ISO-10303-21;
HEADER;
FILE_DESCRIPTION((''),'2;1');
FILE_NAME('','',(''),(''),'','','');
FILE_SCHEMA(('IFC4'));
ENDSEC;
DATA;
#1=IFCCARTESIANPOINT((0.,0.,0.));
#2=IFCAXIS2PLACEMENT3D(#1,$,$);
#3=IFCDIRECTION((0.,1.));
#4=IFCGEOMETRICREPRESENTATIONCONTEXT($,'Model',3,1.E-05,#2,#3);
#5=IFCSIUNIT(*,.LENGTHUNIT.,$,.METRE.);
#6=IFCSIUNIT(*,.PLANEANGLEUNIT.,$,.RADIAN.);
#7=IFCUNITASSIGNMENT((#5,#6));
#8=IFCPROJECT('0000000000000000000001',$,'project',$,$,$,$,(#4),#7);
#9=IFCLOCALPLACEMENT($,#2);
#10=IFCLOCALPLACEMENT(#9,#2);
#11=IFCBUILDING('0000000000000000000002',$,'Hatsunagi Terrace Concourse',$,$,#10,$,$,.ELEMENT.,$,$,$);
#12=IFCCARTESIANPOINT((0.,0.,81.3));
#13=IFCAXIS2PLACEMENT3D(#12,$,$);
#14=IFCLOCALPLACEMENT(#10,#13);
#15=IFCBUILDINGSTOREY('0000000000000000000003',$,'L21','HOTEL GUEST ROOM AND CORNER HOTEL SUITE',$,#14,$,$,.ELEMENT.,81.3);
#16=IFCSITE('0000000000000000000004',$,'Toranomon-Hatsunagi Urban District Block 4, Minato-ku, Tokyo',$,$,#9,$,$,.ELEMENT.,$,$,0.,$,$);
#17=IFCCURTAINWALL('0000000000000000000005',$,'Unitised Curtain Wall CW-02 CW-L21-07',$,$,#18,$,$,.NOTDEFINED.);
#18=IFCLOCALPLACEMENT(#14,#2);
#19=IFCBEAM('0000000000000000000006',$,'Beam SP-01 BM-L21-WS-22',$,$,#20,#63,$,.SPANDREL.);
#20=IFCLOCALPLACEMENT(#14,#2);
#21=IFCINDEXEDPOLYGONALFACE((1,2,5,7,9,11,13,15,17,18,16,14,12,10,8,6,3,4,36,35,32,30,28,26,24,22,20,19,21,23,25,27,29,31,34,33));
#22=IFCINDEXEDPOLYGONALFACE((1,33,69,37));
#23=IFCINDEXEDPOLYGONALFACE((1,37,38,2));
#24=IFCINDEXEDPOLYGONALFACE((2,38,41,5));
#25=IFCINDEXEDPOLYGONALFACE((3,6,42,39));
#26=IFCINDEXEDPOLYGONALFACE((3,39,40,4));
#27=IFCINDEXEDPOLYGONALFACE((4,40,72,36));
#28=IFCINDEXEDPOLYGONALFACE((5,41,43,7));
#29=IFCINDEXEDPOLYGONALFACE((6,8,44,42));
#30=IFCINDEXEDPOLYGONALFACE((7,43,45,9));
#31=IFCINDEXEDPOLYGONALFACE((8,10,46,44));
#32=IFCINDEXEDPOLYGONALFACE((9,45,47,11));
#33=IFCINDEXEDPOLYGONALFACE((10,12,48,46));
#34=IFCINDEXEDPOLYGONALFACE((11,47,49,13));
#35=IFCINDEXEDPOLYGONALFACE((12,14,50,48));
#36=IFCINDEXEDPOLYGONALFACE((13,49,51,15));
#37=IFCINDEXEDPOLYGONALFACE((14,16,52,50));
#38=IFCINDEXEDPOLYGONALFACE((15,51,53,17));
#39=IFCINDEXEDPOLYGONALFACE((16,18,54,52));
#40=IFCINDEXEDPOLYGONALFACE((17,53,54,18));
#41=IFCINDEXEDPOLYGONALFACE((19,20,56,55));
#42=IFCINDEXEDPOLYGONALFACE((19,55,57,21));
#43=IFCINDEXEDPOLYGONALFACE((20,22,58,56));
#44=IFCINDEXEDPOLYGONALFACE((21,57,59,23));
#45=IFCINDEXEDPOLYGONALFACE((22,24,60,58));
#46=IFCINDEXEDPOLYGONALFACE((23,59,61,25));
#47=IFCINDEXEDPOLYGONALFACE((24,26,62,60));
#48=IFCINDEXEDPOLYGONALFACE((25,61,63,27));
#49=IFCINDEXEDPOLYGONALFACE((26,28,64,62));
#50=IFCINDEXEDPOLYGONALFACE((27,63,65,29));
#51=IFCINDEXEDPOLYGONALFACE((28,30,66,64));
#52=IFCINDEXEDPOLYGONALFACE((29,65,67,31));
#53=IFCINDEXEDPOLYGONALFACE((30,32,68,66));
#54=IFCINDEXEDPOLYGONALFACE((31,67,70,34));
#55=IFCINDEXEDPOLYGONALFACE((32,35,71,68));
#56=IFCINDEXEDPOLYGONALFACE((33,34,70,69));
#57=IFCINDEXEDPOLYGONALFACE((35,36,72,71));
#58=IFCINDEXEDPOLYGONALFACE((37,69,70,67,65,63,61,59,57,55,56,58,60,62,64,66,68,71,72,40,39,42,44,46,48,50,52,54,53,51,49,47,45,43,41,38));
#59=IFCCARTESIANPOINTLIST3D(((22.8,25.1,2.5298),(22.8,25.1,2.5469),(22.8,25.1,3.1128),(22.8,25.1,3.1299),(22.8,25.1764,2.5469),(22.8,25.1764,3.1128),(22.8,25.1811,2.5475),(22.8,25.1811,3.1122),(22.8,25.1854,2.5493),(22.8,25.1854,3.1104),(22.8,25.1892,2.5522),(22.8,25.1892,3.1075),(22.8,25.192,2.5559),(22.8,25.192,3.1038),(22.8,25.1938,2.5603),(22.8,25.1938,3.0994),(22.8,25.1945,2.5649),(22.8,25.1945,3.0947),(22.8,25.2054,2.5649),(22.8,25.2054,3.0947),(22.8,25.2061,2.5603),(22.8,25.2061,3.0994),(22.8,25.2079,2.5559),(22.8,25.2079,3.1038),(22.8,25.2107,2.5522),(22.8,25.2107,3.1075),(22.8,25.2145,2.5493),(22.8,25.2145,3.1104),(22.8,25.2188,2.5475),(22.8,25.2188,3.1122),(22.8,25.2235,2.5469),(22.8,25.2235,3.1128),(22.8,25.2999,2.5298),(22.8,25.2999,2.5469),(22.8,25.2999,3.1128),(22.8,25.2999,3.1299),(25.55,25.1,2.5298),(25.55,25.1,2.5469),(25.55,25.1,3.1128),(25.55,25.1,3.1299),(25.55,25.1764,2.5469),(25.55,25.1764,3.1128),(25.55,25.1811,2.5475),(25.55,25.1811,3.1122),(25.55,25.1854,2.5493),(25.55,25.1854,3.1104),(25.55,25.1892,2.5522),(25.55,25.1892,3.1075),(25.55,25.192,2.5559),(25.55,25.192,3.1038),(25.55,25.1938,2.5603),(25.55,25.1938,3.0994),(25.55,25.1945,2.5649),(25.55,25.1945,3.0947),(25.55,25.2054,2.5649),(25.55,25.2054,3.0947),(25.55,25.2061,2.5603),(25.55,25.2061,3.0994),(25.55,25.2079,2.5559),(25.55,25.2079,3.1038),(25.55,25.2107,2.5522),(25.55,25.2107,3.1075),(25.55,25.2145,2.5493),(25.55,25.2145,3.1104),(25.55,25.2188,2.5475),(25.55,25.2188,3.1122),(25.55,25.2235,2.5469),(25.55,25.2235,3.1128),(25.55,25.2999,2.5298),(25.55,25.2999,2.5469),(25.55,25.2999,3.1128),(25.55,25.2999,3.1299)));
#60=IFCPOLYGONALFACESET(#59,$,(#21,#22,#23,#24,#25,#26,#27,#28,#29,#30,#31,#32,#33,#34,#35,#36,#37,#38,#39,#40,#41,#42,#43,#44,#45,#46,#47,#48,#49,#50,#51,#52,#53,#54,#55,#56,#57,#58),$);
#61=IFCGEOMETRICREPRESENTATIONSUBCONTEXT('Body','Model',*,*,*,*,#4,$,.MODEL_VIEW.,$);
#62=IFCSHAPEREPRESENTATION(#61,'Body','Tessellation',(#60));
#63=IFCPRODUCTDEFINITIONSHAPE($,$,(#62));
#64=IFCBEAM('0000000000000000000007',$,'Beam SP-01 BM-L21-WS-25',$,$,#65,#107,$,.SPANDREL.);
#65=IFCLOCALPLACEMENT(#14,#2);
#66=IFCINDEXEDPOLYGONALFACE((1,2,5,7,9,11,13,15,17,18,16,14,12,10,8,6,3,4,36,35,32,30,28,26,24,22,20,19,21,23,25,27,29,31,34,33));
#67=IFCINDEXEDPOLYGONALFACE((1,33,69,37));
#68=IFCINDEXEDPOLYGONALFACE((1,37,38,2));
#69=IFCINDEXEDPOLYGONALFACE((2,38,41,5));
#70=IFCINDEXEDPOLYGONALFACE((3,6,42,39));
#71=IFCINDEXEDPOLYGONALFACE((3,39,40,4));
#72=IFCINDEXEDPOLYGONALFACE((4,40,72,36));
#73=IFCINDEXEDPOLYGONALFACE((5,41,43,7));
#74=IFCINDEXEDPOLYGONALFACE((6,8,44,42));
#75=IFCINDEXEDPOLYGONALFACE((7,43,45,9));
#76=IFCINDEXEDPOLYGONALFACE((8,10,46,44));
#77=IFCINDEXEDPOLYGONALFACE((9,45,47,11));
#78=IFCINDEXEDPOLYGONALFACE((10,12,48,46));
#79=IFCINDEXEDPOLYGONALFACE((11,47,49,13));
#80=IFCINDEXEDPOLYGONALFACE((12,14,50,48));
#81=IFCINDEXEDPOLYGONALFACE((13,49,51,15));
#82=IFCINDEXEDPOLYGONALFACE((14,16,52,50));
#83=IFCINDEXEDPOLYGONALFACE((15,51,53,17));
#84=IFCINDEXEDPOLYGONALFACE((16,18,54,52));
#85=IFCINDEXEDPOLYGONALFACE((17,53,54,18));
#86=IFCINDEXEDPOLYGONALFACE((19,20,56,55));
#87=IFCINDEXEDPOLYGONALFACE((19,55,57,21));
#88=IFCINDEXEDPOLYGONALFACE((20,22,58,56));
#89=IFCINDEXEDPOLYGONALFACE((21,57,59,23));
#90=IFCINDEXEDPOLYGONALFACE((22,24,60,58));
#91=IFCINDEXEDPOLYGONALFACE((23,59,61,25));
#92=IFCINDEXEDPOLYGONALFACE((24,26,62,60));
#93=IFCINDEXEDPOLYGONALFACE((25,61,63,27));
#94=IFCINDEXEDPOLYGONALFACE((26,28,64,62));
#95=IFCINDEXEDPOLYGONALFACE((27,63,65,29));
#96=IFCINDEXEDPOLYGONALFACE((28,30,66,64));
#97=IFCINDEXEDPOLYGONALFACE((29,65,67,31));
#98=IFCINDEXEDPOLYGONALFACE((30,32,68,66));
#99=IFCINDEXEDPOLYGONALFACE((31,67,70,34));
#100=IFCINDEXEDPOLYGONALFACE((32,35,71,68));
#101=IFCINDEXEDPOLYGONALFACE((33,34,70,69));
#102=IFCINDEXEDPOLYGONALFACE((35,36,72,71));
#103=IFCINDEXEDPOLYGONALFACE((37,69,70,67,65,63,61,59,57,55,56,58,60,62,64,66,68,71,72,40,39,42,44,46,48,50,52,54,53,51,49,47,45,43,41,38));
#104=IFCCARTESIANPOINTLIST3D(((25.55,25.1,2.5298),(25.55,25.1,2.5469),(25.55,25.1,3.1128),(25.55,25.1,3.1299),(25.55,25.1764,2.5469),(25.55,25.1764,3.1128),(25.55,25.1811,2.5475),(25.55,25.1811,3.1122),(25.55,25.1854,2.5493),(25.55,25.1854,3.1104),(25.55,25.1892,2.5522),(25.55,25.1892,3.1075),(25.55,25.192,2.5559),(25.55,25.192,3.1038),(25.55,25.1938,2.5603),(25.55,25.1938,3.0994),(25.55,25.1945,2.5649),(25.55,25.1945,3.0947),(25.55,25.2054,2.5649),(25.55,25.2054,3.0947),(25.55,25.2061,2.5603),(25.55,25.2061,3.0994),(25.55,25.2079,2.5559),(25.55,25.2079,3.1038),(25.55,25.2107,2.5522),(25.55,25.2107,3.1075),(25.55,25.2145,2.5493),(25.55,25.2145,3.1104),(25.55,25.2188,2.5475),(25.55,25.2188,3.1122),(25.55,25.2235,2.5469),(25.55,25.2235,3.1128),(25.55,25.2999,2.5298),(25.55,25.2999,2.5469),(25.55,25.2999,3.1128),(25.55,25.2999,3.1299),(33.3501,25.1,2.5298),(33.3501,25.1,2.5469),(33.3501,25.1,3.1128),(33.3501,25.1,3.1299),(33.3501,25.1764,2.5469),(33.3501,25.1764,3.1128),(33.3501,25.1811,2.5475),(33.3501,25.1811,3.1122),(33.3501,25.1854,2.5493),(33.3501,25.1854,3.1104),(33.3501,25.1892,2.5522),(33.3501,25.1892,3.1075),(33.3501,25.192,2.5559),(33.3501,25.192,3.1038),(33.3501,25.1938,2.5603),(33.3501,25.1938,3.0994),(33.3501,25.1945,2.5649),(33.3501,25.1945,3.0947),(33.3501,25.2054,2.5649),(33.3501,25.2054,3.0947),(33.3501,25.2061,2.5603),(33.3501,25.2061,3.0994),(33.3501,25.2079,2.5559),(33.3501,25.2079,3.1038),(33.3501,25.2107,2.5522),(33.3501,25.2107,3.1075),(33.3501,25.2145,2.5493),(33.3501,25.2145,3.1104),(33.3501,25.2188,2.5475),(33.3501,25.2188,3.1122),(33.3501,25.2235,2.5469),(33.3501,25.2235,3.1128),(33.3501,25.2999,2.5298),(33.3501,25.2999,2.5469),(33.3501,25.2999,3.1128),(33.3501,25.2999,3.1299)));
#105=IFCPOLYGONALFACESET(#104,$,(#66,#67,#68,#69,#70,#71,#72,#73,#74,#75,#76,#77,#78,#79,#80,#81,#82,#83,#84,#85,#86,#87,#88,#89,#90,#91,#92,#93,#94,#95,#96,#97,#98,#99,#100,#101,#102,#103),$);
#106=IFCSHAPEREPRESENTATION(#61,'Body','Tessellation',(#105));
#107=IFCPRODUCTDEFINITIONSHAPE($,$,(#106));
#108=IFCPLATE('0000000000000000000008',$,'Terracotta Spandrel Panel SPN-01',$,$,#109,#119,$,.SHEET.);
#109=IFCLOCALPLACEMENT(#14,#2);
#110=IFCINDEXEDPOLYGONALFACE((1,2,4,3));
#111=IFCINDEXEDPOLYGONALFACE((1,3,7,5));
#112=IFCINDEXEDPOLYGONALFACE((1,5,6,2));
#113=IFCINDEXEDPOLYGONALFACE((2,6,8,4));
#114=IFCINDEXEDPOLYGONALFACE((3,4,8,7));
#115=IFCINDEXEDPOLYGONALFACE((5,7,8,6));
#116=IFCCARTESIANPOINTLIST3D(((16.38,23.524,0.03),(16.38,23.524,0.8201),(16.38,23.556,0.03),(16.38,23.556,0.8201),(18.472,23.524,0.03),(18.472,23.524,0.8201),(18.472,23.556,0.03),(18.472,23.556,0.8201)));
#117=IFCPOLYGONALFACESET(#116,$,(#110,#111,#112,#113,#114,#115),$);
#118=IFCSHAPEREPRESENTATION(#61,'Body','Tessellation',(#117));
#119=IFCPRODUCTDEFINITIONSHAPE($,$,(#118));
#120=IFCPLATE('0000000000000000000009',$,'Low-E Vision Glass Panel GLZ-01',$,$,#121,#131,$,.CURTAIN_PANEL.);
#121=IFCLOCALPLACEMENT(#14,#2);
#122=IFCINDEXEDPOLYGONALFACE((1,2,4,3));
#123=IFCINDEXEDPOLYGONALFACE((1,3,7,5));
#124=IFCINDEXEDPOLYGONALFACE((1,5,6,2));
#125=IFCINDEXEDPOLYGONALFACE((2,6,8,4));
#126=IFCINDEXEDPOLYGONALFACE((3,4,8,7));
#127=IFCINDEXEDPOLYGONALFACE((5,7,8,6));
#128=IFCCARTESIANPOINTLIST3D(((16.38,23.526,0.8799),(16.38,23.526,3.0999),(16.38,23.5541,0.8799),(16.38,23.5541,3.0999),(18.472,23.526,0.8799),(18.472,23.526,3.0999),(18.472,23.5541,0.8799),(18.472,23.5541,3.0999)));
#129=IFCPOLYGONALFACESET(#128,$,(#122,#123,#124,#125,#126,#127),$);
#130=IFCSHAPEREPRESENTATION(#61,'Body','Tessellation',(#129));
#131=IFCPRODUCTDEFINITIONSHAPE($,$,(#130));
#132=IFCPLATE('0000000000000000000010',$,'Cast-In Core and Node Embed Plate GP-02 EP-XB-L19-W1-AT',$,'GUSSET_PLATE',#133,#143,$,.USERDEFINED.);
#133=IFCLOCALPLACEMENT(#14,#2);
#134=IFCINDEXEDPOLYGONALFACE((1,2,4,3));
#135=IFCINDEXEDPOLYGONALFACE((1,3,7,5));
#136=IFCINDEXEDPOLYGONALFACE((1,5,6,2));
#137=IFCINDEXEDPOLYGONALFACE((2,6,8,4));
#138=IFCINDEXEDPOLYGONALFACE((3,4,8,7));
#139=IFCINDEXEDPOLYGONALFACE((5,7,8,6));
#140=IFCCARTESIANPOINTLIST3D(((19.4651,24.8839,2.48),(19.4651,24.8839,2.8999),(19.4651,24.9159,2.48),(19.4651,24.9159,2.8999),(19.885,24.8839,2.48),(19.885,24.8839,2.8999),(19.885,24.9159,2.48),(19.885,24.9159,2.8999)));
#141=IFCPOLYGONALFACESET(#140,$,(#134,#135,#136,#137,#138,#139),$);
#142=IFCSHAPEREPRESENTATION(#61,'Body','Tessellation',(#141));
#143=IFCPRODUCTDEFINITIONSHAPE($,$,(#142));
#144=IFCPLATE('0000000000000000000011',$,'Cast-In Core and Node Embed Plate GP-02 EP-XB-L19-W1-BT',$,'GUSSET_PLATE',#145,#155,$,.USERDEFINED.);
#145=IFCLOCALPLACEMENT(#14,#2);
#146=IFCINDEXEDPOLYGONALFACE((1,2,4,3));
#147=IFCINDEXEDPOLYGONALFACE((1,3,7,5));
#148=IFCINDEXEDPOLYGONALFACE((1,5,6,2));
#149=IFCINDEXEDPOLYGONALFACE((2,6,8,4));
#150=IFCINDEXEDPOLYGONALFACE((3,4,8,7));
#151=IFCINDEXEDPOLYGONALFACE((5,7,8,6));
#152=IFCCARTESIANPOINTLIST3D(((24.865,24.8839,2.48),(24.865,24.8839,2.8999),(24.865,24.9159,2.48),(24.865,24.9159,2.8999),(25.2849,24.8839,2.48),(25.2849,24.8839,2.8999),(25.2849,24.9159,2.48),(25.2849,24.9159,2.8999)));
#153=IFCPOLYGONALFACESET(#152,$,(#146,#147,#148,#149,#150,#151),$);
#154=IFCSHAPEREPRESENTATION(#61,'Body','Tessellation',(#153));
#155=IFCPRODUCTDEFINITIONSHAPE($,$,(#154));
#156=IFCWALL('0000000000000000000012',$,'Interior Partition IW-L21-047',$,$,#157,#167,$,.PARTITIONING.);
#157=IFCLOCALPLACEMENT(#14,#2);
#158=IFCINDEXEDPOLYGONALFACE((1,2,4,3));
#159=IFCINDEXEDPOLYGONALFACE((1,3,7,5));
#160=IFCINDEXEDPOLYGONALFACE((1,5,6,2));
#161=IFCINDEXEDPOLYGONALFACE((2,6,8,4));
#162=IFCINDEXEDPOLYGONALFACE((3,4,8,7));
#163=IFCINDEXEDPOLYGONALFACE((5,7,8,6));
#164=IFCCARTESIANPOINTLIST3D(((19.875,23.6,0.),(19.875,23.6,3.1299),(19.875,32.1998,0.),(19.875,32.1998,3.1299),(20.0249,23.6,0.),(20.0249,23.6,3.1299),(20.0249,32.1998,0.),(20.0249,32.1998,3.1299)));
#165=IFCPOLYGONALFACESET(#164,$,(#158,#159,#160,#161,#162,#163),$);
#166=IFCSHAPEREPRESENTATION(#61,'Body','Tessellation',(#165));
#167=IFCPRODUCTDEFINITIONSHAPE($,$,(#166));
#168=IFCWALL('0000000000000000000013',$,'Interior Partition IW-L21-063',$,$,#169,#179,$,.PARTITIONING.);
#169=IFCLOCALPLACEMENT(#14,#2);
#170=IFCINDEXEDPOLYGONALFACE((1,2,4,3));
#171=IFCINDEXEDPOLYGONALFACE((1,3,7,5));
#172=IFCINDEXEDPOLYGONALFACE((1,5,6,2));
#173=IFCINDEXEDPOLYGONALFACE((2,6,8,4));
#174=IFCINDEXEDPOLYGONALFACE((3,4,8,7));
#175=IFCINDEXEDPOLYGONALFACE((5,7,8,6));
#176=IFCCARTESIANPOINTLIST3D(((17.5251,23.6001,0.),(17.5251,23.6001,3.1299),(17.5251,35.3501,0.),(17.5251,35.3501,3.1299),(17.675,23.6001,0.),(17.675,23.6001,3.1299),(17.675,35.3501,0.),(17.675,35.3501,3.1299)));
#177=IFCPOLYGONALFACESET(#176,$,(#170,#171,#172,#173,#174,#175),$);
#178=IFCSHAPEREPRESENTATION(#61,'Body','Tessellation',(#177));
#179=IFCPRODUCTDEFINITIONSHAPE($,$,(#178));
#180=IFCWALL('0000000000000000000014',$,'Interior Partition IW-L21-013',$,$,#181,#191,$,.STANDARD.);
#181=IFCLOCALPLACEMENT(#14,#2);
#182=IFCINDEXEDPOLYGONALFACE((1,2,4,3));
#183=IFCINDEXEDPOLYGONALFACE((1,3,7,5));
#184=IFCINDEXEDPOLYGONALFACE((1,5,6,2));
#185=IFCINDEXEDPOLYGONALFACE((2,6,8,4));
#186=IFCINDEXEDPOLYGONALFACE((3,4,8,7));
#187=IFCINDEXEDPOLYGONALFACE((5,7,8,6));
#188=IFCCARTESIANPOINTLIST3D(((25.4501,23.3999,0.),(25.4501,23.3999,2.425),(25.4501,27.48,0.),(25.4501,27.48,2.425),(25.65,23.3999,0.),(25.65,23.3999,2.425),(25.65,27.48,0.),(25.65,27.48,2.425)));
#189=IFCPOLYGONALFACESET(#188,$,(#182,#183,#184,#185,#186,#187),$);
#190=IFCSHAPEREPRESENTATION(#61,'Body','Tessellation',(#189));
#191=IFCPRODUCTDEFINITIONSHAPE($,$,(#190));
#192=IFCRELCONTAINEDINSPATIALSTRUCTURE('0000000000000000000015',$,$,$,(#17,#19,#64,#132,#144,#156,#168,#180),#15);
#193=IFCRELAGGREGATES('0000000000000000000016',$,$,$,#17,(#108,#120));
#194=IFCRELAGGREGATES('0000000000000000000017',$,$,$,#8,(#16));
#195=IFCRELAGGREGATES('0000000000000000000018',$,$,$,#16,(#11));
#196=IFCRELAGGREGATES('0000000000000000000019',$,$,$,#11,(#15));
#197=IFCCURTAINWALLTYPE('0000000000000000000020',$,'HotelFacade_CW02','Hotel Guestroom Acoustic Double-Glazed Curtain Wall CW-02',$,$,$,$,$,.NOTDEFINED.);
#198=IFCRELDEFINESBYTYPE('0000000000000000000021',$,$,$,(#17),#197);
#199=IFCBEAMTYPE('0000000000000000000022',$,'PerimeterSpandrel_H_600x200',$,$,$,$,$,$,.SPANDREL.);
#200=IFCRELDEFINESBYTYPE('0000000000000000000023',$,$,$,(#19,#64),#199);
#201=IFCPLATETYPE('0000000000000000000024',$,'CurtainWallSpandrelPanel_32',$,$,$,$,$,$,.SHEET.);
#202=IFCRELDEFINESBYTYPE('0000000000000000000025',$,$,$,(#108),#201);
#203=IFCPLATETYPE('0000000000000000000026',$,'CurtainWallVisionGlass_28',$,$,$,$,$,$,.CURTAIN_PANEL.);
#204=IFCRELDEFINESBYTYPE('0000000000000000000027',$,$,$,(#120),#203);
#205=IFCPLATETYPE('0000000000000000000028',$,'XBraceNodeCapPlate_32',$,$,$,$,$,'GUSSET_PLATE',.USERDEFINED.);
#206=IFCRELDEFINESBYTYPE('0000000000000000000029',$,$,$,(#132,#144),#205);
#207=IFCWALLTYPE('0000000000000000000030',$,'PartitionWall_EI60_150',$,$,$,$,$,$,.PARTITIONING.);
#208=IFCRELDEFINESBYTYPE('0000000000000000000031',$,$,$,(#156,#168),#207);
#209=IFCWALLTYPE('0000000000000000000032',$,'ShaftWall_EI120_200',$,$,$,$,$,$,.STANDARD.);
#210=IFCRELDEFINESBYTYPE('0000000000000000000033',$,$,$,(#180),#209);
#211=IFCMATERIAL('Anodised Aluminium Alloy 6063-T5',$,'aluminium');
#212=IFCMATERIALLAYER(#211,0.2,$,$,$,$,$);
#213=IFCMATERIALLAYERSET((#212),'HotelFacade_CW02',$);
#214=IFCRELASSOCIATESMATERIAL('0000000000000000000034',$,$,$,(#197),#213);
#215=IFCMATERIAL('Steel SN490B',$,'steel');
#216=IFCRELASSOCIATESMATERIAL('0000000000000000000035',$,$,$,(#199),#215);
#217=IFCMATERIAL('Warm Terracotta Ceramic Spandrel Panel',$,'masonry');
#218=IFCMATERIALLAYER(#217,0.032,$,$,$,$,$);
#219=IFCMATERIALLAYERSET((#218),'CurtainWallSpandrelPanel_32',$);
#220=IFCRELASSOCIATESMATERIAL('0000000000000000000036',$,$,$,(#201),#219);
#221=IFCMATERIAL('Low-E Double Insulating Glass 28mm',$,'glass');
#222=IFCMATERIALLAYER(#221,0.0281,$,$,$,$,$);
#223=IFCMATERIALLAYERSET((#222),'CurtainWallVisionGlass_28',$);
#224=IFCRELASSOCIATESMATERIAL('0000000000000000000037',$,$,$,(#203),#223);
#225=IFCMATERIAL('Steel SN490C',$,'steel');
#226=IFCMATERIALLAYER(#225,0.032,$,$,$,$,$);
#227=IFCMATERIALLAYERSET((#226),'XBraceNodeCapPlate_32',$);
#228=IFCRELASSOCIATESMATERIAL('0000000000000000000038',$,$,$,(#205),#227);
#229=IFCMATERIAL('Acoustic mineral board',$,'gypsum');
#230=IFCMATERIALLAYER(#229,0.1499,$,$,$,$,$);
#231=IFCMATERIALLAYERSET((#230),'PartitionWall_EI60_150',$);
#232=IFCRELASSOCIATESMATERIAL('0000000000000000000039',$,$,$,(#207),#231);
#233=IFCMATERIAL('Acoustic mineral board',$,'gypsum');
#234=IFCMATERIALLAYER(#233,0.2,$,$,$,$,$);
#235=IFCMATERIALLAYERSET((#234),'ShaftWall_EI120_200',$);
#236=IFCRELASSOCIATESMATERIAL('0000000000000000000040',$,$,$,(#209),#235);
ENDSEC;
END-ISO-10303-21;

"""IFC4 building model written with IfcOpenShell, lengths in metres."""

from ifc_helpers import new_model, si_unit, direction, frame, frame_2d, origin, origin_2d, place, context, subcontext, project, spatial, rectangle, i_section, extrude, material, layer, layer_set, material_profile, profile_set, type_object, element, aggregate, save


model = new_model("IFC4")

# Units and contexts
model_context = context("Model", 3, precision=1e-05, world=origin(), true_north=direction((0.0, 1.0)))
body_context = subcontext(model_context, "Body", "Model", "MODEL_VIEW")
ifc_project = project(units=[si_unit("LENGTHUNIT", "METRE"), si_unit("PLANEANGLEUNIT", "RADIAN")], contexts=[model_context])

# Site, building, storey
site_placement = place(None, origin())
site = spatial("IfcSite", under=ifc_project, at=site_placement, Name="Toranomon-Hatsunagi Urban District Block 4, Minato-ku, Tokyo", CompositionType="ELEMENT", RefElevation=0.0)
building_placement = place(site_placement, origin())
building = spatial("IfcBuilding", under=site, at=building_placement, Name="Hatsunagi Terrace Concourse", CompositionType="ELEMENT")
storey_placement = place(building_placement, frame((0.0, 0.0, 81.3)))
storey = spatial("IfcBuildingStorey", under=building, at=storey_placement, Name="L21", Description="HOTEL GUEST ROOM AND CORNER HOTEL SUITE", CompositionType="ELEMENT", Elevation=81.3)

# Curtain wall
ifc_material_1 = material(Name="Anodised Aluminium Alloy 6063-T5", Category="aluminium")
ifc_layer_1 = layer(ifc_material_1, 0.2)
ifc_layer_set_1 = layer_set([ifc_layer_1], Name="HotelFacade_CW02")
curtain_wall_type = type_object("IfcCurtainWallType", Name="HotelFacade_CW02", Description="Hotel Guestroom Acoustic Double-Glazed Curtain Wall CW-02", PredefinedType="NOTDEFINED", material=ifc_layer_set_1)
curtain_wall_placement = place(storey_placement, origin())
curtain_wall = element("IfcCurtainWall", 1, at=curtain_wall_placement, inside=storey, type_object=curtain_wall_type, Name="Unitised Curtain Wall CW-02 CW-L21-07", PredefinedType="NOTDEFINED")

# Beams
ifc_material_2 = material(Name="Steel SN490B", Category="steel")
ifc_material_profile_1 = material_profile(ifc_material_2, i_section(OverallWidth=0.2, OverallDepth=0.6001, WebThickness=0.011, FlangeThickness=0.0171, FilletRadius=0.0181, at=origin_2d()), Name="H-600x200x11x17")
ifc_profile_set_1 = profile_set([ifc_material_profile_1], Name="Steel SN490B")
beam_type_1 = type_object("IfcBeamType", Name="PerimeterSpandrel_H_600x200", PredefinedType="SPANDREL", material=ifc_profile_set_1)
beam_1_placement = place(storey_placement, frame((22.8, 25.2, 2.8298), z_axis=(1.0, 0.0, 0.0), x_axis=(0.0, 1.0, 0.0)))
element("IfcBeam", 2, at=beam_1_placement, inside=storey, type_object=beam_type_1, Name="Beam SP-01 BM-L21-WS-22", PredefinedType="SPANDREL", context=body_context, shape_type="SweptSolid", body=[
    extrude(i_section(OverallWidth=0.2, OverallDepth=0.6001, WebThickness=0.011, FlangeThickness=0.0171, FilletRadius=0.0181, at=origin_2d()), origin(), (0.0, 0.0, 1.0), 2.75),
])
beam_2_placement = place(storey_placement, frame((25.55, 25.2, 2.8298), z_axis=(1.0, 0.0, 0.0), x_axis=(0.0, 1.0, 0.0)))
element("IfcBeam", 3, at=beam_2_placement, inside=storey, type_object=beam_type_1, Name="Beam SP-01 BM-L21-WS-25", PredefinedType="SPANDREL", context=body_context, shape_type="SweptSolid", body=[
    extrude(i_section(OverallWidth=0.2, OverallDepth=0.6001, WebThickness=0.011, FlangeThickness=0.0171, FilletRadius=0.0181, at=origin_2d()), origin(), (0.0, 0.0, 1.0), 7.8),
])

# Plates
ifc_material_3 = material(Name="Warm Terracotta Ceramic Spandrel Panel", Category="masonry")
ifc_layer_2 = layer(ifc_material_3, 0.032)
ifc_layer_set_2 = layer_set([ifc_layer_2], Name="CurtainWallSpandrelPanel_32")
plate_type_1 = type_object("IfcPlateType", Name="CurtainWallSpandrelPanel_32", PredefinedType="SHEET", material=ifc_layer_set_2)
plate_1_placement = place(storey_placement, frame((17.426, 23.54, 0.03), z_axis=(0.0, 0.0, 1.0), x_axis=(-1.0, 0.0, 0.0)))
plate_1 = element("IfcPlate", 4, at=plate_1_placement, type_object=plate_type_1, Name="Terracotta Spandrel Panel SPN-01", PredefinedType="SHEET", context=body_context, shape_type="SweptSolid", body=[
    extrude(rectangle(XDim=2.092, YDim=0.032, at=origin_2d()), origin(), (0.0, 0.0, 1.0), 0.79),
])
ifc_material_4 = material(Name="Low-E Double Insulating Glass 28mm", Category="glass")
ifc_layer_3 = layer(ifc_material_4, 0.0281)
ifc_layer_set_3 = layer_set([ifc_layer_3], Name="CurtainWallVisionGlass_28")
plate_type_2 = type_object("IfcPlateType", Name="CurtainWallVisionGlass_28", PredefinedType="CURTAIN_PANEL", material=ifc_layer_set_3)
plate_2_placement = place(storey_placement, frame((17.426, 23.54, 0.8799), z_axis=(0.0, 0.0, 1.0), x_axis=(-1.0, 0.0, 0.0)))
plate_2 = element("IfcPlate", 5, at=plate_2_placement, type_object=plate_type_2, Name="Low-E Vision Glass Panel GLZ-01", PredefinedType="CURTAIN_PANEL", context=body_context, shape_type="SweptSolid", body=[
    extrude(rectangle(XDim=2.092, YDim=0.0281, at=origin_2d()), origin(), (0.0, 0.0, 1.0), 2.22),
])
aggregate(curtain_wall, [plate_1, plate_2])

# Plates
ifc_material_5 = material(Name="Steel SN490C", Category="steel")
ifc_layer_4 = layer(ifc_material_5, 0.032)
ifc_layer_set_4 = layer_set([ifc_layer_4], Name="XBraceNodeCapPlate_32")
plate_type_3 = type_object("IfcPlateType", Name="XBraceNodeCapPlate_32", ElementType="GUSSET_PLATE", PredefinedType="USERDEFINED", material=ifc_layer_set_4)
for number, where, z_axis, x_axis, name in (
    (6, (19.675, 24.8999, 2.48), (0.0, 0.0, 1.0), (1.0, 0.0, 0.0), "Cast-In Core and Node Embed Plate GP-02 EP-XB-L19-W1-AT"),
    (7, (25.075, 24.8999, 2.48), (0.0, 0.0, 1.0), (1.0, 0.0, 0.0), "Cast-In Core and Node Embed Plate GP-02 EP-XB-L19-W1-BT"),
):
    element("IfcPlate", number, at=place(storey_placement, frame(where, z_axis=z_axis, x_axis=x_axis)), inside=storey, type_object=plate_type_3, Name=name, ObjectType="GUSSET_PLATE", PredefinedType="USERDEFINED", context=body_context, shape_type="SweptSolid", body=[
        extrude(rectangle(XDim=0.4199, YDim=0.032, at=origin_2d()), origin(), (0.0, 0.0, 1.0), 0.4199),
    ])

# Walls
ifc_material_6 = material(Name="Acoustic mineral board", Category="gypsum")
ifc_layer_5 = layer(ifc_material_6, 0.1499)
ifc_layer_set_5 = layer_set([ifc_layer_5], Name="PartitionWall_EI60_150")
wall_type_1 = type_object("IfcWallType", Name="PartitionWall_EI60_150", PredefinedType="PARTITIONING", material=ifc_layer_set_5)
wall_1_placement = place(storey_placement, frame((19.95, 23.6001, 0.0), z_axis=(0.0, 0.0, 1.0), x_axis=(0.0, 1.0, 0.0)))
element("IfcWall", 8, at=wall_1_placement, inside=storey, type_object=wall_type_1, Name="Interior Partition IW-L21-047", PredefinedType="PARTITIONING", context=body_context, shape_type="SweptSolid", body=[
    extrude(rectangle(XDim=8.5999, YDim=0.1499, at=frame_2d((4.2998, 0.0))), origin(), (0.0, 0.0, 1.0), 3.1299),
])
wall_2_placement = place(storey_placement, frame((17.6001, 23.6001, 0.0), z_axis=(0.0, 0.0, 1.0), x_axis=(0.0, 1.0, 0.0)))
element("IfcWall", 9, at=wall_2_placement, inside=storey, type_object=wall_type_1, Name="Interior Partition IW-L21-063", PredefinedType="PARTITIONING", context=body_context, shape_type="SweptSolid", body=[
    extrude(rectangle(XDim=11.75, YDim=0.1499, at=frame_2d((5.875, 0.0))), origin(), (0.0, 0.0, 1.0), 3.1299),
])
ifc_material_7 = material(Name="Acoustic mineral board", Category="gypsum")
ifc_layer_6 = layer(ifc_material_7, 0.2)
ifc_layer_set_6 = layer_set([ifc_layer_6], Name="ShaftWall_EI120_200")
wall_type_2 = type_object("IfcWallType", Name="ShaftWall_EI120_200", PredefinedType="STANDARD", material=ifc_layer_set_6)
wall_3_placement = place(storey_placement, frame((25.55, 23.3999, 0.0), z_axis=(0.0, 0.0, 1.0), x_axis=(0.0, 1.0, 0.0)))
element("IfcWall", 10, at=wall_3_placement, inside=storey, type_object=wall_type_2, Name="Interior Partition IW-L21-013", PredefinedType="STANDARD", context=body_context, shape_type="SweptSolid", body=[
    extrude(rectangle(XDim=4.0801, YDim=0.2, at=frame_2d((2.04, 0.0))), origin(), (0.0, 0.0, 1.0), 2.425),
])

save(model, "model.ifc")
